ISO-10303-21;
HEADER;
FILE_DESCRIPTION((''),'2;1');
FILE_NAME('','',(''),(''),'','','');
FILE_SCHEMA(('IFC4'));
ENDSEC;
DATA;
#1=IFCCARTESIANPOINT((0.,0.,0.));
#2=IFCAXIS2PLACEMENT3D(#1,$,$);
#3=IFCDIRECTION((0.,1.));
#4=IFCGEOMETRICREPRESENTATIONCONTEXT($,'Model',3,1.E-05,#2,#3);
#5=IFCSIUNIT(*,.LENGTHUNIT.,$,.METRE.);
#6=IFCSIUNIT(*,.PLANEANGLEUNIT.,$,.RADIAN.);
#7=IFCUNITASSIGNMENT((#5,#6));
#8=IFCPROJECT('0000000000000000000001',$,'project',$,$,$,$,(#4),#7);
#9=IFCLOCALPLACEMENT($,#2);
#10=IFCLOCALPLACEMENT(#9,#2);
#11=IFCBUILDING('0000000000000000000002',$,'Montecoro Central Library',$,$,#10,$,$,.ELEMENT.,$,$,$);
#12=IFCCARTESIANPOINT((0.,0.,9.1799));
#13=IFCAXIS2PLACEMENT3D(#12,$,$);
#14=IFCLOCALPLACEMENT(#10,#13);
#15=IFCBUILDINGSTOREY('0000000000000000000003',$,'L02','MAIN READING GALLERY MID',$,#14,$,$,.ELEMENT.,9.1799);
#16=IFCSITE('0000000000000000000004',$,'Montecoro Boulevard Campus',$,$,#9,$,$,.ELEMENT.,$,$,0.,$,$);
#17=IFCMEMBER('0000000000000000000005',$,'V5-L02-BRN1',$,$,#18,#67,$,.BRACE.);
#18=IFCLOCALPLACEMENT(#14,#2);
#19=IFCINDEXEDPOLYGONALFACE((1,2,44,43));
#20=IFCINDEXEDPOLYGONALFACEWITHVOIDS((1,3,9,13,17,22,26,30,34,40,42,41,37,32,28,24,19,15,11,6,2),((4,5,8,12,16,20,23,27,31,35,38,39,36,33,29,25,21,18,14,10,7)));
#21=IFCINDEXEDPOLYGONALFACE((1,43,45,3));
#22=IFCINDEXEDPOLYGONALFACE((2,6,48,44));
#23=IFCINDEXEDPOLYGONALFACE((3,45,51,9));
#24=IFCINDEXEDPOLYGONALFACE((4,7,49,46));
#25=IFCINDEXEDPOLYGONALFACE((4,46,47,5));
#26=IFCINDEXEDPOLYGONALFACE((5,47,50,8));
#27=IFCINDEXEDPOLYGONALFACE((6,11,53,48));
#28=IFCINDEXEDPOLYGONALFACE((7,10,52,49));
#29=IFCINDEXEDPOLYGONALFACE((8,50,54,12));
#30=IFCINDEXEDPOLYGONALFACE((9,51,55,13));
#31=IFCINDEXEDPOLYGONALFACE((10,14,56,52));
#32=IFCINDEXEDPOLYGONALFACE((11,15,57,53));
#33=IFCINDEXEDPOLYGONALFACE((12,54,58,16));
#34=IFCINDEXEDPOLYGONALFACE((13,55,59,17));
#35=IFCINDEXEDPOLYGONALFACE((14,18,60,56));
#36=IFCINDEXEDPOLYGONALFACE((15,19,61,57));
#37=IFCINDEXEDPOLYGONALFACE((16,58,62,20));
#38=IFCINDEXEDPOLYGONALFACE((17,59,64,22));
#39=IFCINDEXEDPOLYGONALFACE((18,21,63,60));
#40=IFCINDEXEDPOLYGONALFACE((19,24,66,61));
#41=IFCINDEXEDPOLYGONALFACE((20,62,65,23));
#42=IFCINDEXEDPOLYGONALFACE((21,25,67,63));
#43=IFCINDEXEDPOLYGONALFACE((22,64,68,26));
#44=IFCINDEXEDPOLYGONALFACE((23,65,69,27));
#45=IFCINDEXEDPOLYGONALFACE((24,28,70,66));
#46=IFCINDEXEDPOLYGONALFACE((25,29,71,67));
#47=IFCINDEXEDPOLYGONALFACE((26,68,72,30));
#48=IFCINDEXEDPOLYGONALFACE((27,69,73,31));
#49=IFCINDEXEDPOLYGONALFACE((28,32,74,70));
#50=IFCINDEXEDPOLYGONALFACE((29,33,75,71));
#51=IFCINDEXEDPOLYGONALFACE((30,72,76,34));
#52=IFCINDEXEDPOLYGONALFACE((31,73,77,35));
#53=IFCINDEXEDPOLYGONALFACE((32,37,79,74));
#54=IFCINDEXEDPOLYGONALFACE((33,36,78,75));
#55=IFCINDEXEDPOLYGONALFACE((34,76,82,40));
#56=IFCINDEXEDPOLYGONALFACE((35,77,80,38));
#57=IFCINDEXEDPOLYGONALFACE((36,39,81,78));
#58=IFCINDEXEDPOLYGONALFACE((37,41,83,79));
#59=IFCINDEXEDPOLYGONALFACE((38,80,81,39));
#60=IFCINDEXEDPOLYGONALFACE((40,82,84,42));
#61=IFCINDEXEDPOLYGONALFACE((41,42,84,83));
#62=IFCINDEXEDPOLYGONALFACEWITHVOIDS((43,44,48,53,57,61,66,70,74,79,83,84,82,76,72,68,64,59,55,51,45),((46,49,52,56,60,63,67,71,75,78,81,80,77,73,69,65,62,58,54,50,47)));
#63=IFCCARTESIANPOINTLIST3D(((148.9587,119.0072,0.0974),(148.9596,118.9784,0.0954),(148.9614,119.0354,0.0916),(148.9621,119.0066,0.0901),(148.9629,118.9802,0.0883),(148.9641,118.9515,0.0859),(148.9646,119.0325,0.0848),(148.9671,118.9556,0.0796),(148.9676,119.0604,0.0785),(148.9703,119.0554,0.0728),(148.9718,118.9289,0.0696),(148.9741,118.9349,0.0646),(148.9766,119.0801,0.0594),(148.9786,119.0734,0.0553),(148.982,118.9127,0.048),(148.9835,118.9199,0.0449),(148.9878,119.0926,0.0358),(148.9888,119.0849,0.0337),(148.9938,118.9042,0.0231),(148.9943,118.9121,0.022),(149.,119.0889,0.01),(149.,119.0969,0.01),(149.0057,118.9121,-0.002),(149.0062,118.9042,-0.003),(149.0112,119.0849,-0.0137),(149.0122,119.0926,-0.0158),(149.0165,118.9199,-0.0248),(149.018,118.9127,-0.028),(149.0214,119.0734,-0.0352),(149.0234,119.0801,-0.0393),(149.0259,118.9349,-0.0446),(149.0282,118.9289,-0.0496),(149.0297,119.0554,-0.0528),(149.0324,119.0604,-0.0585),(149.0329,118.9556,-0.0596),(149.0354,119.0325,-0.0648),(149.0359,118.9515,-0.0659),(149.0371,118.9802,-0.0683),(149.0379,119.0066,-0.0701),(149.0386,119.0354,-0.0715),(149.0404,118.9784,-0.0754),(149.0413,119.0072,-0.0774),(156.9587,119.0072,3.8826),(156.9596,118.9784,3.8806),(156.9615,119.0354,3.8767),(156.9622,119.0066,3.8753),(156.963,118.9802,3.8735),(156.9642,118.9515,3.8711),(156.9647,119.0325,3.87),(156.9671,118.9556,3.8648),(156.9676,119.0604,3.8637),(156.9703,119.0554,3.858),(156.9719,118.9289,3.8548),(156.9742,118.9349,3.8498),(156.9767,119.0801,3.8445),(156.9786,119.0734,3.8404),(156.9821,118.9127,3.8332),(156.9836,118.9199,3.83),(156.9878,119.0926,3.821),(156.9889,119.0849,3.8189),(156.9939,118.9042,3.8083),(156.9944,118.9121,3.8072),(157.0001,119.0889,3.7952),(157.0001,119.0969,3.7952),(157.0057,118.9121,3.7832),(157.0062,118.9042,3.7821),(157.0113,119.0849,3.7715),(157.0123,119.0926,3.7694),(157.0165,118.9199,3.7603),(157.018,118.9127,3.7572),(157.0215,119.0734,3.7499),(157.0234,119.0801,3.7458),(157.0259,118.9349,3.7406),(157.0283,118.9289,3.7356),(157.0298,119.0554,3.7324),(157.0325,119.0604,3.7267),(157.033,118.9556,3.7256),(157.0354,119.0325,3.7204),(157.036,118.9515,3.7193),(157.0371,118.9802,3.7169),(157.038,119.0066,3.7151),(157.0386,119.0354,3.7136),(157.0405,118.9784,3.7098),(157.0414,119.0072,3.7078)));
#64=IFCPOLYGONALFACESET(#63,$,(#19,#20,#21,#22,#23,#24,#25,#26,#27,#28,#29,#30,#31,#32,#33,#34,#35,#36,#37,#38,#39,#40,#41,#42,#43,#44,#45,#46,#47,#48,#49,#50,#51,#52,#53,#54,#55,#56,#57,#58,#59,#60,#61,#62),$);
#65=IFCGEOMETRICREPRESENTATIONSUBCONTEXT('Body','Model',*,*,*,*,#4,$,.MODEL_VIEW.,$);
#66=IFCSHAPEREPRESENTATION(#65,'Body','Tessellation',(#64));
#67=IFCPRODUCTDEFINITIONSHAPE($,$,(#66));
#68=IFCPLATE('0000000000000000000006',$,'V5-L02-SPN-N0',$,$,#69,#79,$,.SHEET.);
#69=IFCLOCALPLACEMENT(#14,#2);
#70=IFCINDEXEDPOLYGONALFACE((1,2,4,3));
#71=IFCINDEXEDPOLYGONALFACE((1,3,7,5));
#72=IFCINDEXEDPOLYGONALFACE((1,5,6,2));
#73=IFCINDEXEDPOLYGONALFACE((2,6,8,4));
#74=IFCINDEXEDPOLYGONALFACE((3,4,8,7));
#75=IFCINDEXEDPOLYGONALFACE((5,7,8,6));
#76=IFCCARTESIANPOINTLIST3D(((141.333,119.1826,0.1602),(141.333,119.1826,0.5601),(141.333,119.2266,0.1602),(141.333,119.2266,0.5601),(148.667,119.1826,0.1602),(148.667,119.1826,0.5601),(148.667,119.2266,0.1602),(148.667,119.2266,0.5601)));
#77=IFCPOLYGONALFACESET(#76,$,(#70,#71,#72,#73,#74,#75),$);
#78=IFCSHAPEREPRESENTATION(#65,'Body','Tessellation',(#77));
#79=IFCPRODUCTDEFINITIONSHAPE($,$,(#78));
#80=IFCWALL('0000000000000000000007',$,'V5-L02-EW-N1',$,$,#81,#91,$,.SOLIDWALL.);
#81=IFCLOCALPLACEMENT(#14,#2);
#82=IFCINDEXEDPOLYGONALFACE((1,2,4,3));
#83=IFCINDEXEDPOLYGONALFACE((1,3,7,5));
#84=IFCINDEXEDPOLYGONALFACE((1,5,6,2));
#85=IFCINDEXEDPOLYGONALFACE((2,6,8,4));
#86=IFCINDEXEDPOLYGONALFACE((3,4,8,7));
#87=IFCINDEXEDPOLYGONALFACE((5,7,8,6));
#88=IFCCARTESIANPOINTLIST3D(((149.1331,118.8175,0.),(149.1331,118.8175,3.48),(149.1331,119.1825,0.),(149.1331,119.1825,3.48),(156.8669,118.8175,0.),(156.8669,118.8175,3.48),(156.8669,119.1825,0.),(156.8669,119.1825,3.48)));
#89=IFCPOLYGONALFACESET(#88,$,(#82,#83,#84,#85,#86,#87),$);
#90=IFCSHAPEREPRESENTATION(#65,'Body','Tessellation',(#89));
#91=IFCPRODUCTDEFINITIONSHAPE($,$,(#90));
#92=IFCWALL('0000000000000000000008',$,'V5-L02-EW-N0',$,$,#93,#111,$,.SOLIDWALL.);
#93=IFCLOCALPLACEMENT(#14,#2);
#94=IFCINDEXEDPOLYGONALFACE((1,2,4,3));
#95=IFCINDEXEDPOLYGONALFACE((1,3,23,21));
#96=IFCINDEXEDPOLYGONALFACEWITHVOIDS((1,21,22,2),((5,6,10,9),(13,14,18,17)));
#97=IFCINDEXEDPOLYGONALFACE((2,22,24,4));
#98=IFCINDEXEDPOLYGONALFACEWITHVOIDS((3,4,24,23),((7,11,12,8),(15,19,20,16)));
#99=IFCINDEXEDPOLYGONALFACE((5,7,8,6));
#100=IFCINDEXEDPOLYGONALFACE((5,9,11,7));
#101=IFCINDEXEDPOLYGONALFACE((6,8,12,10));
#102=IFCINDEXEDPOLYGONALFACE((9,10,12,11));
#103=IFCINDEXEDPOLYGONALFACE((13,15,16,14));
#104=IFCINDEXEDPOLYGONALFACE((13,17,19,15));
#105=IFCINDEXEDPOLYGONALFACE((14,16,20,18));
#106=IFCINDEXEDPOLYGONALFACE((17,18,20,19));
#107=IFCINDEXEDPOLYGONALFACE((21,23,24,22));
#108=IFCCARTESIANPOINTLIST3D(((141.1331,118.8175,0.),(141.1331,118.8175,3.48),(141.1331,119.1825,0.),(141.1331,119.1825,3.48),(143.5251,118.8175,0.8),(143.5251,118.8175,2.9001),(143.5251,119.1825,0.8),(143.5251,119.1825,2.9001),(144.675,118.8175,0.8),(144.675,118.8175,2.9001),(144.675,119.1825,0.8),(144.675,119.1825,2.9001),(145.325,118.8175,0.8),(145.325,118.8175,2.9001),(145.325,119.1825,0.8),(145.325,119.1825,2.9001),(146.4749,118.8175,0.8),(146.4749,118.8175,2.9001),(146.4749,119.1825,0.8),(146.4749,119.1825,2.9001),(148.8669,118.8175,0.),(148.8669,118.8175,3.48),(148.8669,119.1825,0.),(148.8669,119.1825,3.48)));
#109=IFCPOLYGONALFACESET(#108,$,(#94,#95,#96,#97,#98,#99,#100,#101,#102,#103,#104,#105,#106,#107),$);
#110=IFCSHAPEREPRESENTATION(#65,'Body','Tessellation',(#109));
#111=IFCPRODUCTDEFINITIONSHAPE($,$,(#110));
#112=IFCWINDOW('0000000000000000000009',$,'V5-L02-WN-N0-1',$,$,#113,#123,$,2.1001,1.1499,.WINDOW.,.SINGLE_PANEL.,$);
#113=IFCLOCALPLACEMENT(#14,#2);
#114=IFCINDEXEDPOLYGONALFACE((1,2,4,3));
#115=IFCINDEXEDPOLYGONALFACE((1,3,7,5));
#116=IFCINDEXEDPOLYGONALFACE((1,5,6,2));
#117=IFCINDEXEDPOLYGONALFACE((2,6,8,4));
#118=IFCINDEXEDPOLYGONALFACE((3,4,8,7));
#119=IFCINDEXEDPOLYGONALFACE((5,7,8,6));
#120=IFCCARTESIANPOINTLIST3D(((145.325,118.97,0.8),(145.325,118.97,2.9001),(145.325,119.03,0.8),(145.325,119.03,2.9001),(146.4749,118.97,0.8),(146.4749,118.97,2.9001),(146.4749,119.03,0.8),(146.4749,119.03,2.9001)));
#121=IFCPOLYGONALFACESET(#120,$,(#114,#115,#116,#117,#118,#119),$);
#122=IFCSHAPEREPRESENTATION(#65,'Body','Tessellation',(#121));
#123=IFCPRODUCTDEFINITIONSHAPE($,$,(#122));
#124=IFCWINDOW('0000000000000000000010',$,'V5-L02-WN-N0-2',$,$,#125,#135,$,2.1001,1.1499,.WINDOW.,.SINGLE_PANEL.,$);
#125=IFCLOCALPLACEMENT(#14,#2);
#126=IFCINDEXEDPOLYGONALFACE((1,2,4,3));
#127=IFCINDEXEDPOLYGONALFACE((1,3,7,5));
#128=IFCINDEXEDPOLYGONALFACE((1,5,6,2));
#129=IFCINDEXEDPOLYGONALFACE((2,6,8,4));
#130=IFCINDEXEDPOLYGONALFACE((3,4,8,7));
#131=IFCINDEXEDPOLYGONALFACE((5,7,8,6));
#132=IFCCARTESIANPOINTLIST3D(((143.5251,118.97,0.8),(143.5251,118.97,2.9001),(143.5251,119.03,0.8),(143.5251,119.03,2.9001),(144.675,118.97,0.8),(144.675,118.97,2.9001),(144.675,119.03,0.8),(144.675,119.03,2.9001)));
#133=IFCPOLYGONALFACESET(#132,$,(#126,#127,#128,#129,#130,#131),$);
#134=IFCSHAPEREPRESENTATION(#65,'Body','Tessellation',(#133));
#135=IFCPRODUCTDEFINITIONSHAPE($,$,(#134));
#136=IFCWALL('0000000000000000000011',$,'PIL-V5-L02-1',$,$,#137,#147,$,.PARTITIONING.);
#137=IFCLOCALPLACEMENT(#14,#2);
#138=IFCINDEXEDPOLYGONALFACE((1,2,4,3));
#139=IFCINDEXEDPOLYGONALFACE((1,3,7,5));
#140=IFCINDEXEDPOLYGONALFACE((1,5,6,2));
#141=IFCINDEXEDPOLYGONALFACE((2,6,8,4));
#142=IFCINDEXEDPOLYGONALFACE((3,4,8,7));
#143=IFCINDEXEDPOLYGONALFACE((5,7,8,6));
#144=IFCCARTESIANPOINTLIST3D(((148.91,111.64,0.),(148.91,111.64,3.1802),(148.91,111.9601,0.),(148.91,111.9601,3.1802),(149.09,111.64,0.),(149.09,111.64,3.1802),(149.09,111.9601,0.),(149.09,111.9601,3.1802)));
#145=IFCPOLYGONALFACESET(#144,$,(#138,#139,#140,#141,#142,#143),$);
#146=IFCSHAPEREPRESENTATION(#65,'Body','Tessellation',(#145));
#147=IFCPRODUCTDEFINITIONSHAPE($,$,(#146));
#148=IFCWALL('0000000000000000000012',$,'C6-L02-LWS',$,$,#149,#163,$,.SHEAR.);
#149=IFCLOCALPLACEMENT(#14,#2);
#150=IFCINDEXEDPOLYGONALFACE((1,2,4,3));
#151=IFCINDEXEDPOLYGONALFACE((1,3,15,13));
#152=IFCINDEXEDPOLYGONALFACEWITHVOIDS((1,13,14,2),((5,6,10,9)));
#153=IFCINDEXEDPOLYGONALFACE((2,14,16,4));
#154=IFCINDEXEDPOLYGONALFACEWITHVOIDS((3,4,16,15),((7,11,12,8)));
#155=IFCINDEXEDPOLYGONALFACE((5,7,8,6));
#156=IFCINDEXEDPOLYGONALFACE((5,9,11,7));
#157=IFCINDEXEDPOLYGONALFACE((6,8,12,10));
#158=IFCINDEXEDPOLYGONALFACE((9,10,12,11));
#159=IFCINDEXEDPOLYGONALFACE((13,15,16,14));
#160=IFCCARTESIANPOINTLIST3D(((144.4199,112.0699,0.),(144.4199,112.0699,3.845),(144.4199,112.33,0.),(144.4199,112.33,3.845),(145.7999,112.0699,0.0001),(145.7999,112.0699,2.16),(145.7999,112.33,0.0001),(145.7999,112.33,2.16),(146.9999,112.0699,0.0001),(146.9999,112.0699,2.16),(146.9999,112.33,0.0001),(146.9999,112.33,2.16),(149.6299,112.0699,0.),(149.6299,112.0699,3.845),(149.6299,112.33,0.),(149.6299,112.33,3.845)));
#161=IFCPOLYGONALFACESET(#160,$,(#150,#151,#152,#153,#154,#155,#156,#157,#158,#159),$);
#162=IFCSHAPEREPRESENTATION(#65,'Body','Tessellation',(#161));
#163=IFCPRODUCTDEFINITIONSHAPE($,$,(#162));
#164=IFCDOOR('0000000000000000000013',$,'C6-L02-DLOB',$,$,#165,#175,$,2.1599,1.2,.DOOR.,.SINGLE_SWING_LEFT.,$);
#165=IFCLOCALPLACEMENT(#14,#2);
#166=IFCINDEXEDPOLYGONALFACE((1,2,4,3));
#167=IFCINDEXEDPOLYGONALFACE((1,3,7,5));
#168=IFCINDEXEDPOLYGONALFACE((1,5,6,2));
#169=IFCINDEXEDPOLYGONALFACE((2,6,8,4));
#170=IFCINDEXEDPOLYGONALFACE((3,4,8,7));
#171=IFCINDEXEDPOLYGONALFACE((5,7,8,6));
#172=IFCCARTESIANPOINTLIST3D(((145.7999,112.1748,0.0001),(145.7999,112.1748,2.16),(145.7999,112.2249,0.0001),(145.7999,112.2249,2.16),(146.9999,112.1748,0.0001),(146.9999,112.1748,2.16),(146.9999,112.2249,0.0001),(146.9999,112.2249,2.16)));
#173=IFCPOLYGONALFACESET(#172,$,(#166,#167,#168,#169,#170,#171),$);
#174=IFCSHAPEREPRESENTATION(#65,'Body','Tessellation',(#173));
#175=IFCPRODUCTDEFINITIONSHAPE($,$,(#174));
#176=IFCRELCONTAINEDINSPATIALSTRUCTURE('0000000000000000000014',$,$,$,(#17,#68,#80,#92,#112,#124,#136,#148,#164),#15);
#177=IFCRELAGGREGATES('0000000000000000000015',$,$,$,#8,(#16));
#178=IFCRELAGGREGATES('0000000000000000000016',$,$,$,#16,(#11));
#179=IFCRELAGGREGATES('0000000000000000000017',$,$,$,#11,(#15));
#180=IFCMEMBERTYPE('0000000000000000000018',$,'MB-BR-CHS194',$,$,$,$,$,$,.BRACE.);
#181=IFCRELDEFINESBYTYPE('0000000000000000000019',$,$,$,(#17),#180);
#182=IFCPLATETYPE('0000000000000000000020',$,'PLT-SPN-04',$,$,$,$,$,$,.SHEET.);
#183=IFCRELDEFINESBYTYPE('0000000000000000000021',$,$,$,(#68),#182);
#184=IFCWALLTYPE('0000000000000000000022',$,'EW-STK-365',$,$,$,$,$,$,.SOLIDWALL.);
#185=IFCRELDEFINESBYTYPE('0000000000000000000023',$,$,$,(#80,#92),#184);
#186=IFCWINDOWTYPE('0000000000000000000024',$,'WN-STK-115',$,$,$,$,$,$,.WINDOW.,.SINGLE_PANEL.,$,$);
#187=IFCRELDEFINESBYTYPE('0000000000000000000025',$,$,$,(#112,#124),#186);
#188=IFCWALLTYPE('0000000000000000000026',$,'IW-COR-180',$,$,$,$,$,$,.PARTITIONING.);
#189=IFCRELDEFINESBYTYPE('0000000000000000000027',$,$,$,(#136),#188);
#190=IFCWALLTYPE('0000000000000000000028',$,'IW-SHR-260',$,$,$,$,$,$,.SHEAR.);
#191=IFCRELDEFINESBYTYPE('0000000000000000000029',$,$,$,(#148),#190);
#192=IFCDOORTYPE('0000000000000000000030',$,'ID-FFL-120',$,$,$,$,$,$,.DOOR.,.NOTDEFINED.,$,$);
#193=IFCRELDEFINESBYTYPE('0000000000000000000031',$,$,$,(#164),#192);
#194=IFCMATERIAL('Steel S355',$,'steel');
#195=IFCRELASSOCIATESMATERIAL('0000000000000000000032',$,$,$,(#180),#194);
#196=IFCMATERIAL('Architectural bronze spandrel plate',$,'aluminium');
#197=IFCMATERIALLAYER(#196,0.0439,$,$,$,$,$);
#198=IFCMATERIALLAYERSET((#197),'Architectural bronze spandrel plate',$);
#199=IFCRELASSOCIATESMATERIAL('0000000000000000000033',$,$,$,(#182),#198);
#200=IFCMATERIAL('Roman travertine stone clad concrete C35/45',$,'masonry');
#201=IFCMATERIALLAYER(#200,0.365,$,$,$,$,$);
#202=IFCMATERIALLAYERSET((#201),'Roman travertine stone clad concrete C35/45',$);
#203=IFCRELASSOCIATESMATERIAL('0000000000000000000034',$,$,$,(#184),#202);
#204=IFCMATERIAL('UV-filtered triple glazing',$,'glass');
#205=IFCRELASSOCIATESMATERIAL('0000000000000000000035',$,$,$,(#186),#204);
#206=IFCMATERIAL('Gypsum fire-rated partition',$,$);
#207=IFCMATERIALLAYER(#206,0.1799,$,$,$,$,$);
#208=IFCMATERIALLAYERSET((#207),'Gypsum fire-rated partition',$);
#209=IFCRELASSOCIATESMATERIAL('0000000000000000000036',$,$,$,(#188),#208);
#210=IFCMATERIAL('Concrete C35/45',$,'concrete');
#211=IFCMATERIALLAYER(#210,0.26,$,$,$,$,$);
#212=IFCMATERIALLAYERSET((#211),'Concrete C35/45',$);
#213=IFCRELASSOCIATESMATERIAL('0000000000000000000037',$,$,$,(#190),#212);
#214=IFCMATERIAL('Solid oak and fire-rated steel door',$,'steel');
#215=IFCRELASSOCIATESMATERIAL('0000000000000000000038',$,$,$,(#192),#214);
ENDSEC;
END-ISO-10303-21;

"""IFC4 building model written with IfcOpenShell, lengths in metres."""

from ifc_helpers import new_model, si_unit, direction, frame, frame_2d, origin, origin_2d, place, context, subcontext, project, spatial, rectangle, hollow_circle, extrude, material, layer, layer_set, material_profile, profile_set, type_object, element, fill, save


model = new_model("IFC4")

# Units and contexts
model_context = context("Model", 3, precision=1e-05, world=origin(), true_north=direction((0.0, 1.0)))
body_context = subcontext(model_context, "Body", "Model", "MODEL_VIEW")
ifc_project = project(units=[si_unit("LENGTHUNIT", "METRE"), si_unit("PLANEANGLEUNIT", "RADIAN")], contexts=[model_context])

# Site, building, storey
site_placement = place(None, origin())
site = spatial("IfcSite", under=ifc_project, at=site_placement, Name="Montecoro Boulevard Campus", CompositionType="ELEMENT", RefElevation=0.0)
building_placement = place(site_placement, origin())
building = spatial("IfcBuilding", under=site, at=building_placement, Name="Montecoro Central Library", CompositionType="ELEMENT")
storey_placement = place(building_placement, frame((0.0, 0.0, 9.1799)))
storey = spatial("IfcBuildingStorey", under=building, at=storey_placement, Name="L02", Description="MAIN READING GALLERY MID", CompositionType="ELEMENT", Elevation=9.1799)

# Shared definitions
ifc_material_1 = material(Name="Steel S355", Category="steel")

# Shared definitions
ifc_material_2 = material(Name="Concrete C35/45", Category="concrete")

# Member
ifc_material_profile_1 = material_profile(ifc_material_1, hollow_circle(Radius=0.0969, WallThickness=0.0081, at=origin_2d()), Name="CHS 193.7x8.0")
ifc_profile_set_1 = profile_set([ifc_material_profile_1], Name="Steel S355")
member_type = type_object("IfcMemberType", Name="MB-BR-CHS194", PredefinedType="BRACE", material=ifc_profile_set_1)
member_placement = place(storey_placement, frame((149.0, 119.0, 0.01), z_axis=(0.903926, 0.0, 0.427688), x_axis=(0.0, 1.0, 0.0)))
element("IfcMember", 1, at=member_placement, inside=storey, type_object=member_type, Name="V5-L02-BRN1", PredefinedType="BRACE", context=body_context, shape_type="SweptSolid", body=[
    extrude(hollow_circle(Radius=0.0969, WallThickness=0.0081, at=origin_2d()), origin(), (0.0, 0.0, 1.0), 8.8503),
])

# Plate
ifc_material_3 = material(Name="Architectural bronze spandrel plate", Category="aluminium")
ifc_layer_1 = layer(ifc_material_3, 0.0439)
ifc_layer_set_1 = layer_set([ifc_layer_1], Name="Architectural bronze spandrel plate")
plate_type = type_object("IfcPlateType", Name="PLT-SPN-04", PredefinedType="SHEET", material=ifc_layer_set_1)
plate_placement = place(storey_placement, frame((145.0, 119.2046, 0.1602), z_axis=(0.0, 0.0, 1.0), x_axis=(-1.0, 0.0, 0.0)))
element("IfcPlate", 2, at=plate_placement, inside=storey, type_object=plate_type, Name="V5-L02-SPN-N0", PredefinedType="SHEET", context=body_context, shape_type="SweptSolid", body=[
    extrude(rectangle(XDim=7.334, YDim=0.0439, at=origin_2d()), origin(), (0.0, 0.0, 1.0), 0.3999),
])

# Wall
ifc_material_4 = material(Name="Roman travertine stone clad concrete C35/45", Category="masonry")
ifc_layer_2 = layer(ifc_material_4, 0.365)
ifc_layer_set_2 = layer_set([ifc_layer_2], Name="Roman travertine stone clad concrete C35/45")
wall_type_1 = type_object("IfcWallType", Name="EW-STK-365", PredefinedType="SOLIDWALL", material=ifc_layer_set_2)
wall_1_placement = place(storey_placement, frame((156.8669, 119.0, 0.0), z_axis=(0.0, 0.0, 1.0), x_axis=(-1.0, 0.0, 0.0)))
element("IfcWall", 3, at=wall_1_placement, inside=storey, type_object=wall_type_1, Name="V5-L02-EW-N1", PredefinedType="SOLIDWALL", context=body_context, shape_type="SweptSolid", body=[
    extrude(rectangle(XDim=7.7339, YDim=0.365, at=frame_2d((3.8669, 0.0))), origin(), (0.0, 0.0, 1.0), 3.48),
])

# Wall, openings, windows
wall_2_placement = place(storey_placement, frame((148.8669, 119.0, 0.0), z_axis=(0.0, 0.0, 1.0), x_axis=(-1.0, 0.0, 0.0)))
wall_2 = element("IfcWall", 4, at=wall_2_placement, inside=storey, type_object=wall_type_1, Name="V5-L02-EW-N0", PredefinedType="SOLIDWALL", context=body_context, shape_type="SweptSolid", body=[
    extrude(rectangle(XDim=7.7339, YDim=0.365, at=frame_2d((3.8669, 0.0))), origin(), (0.0, 0.0, 1.0), 3.48),
])
opening_1_placement = place(wall_2_placement, frame((2.3921, 0.0, 0.8)))
opening_1 = element("IfcOpeningElement", 5, at=opening_1_placement, cuts=wall_2, PredefinedType="OPENING", context=body_context, shape_type="SweptSolid", body=[
    extrude(rectangle(XDim=1.1499, YDim=2.1001, at=frame_2d((0.575, 1.05))), frame((0.0, 0.1924, 0.0), z_axis=(0.0, -1.0, 0.0), x_axis=(1.0, 0.0, 0.0)), (0.0, 0.0, 1.0), 0.385),
])
opening_2_placement = place(wall_2_placement, frame((4.1919, 0.0, 0.8)))
opening_2 = element("IfcOpeningElement", 6, at=opening_2_placement, cuts=wall_2, PredefinedType="OPENING", context=body_context, shape_type="SweptSolid", body=[
    extrude(rectangle(XDim=1.1499, YDim=2.1001, at=frame_2d((0.575, 1.05))), frame((0.0, 0.1924, 0.0), z_axis=(0.0, -1.0, 0.0), x_axis=(1.0, 0.0, 0.0)), (0.0, 0.0, 1.0), 0.385),
])
ifc_material_5 = material(Name="UV-filtered triple glazing", Category="glass")
window_type = type_object("IfcWindowType", Name="WN-STK-115", PartitioningType="SINGLE_PANEL", PredefinedType="WINDOW", material=ifc_material_5)
window_1_placement = place(opening_1_placement, origin())
window_1 = element("IfcWindow", 7, at=window_1_placement, inside=storey, type_object=window_type, Name="V5-L02-WN-N0-1", OverallHeight=2.1001, OverallWidth=1.1499, PartitioningType="SINGLE_PANEL", PredefinedType="WINDOW", context=body_context, shape_type="SweptSolid", body=[
    extrude(rectangle(XDim=1.1499, YDim=2.1001, at=frame_2d((0.575, 1.05))), frame((0.0, 0.03, 0.0), z_axis=(0.0, -1.0, 0.0), x_axis=(1.0, 0.0, 0.0)), (0.0, 0.0, 1.0), 0.0601),
])
fill(opening_1, window_1)
window_2_placement = place(opening_2_placement, origin())
window_2 = element("IfcWindow", 8, at=window_2_placement, inside=storey, type_object=window_type, Name="V5-L02-WN-N0-2", OverallHeight=2.1001, OverallWidth=1.1499, PartitioningType="SINGLE_PANEL", PredefinedType="WINDOW", context=body_context, shape_type="SweptSolid", body=[
    extrude(rectangle(XDim=1.1499, YDim=2.1001, at=frame_2d((0.575, 1.05))), frame((0.0, 0.03, 0.0), z_axis=(0.0, -1.0, 0.0), x_axis=(1.0, 0.0, 0.0)), (0.0, 0.0, 1.0), 0.0601),
])
fill(opening_2, window_2)

# Wall
ifc_material_6 = material(Name="Gypsum fire-rated partition")
ifc_layer_3 = layer(ifc_material_6, 0.1799)
ifc_layer_set_3 = layer_set([ifc_layer_3], Name="Gypsum fire-rated partition")
wall_type_2 = type_object("IfcWallType", Name="IW-COR-180", PredefinedType="PARTITIONING", material=ifc_layer_set_3)
wall_3_placement = place(storey_placement, frame((149.0, 111.6399, 0.0), z_axis=(0.0, 0.0, 1.0), x_axis=(0.0, 1.0, 0.0)))
element("IfcWall", 9, at=wall_3_placement, inside=storey, type_object=wall_type_2, Name="PIL-V5-L02-1", PredefinedType="PARTITIONING", context=body_context, shape_type="SweptSolid", body=[
    extrude(rectangle(XDim=0.3201, YDim=0.1799, at=frame_2d((0.1602, 0.0))), origin(), (0.0, 0.0, 1.0), 3.1802),
])

# Shared definitions
ifc_material_7 = material(Name="Solid oak and fire-rated steel door", Category="steel")

# Wall, opening, door
ifc_layer_4 = layer(ifc_material_2, 0.26)
ifc_layer_set_4 = layer_set([ifc_layer_4], Name="Concrete C35/45")
wall_type_3 = type_object("IfcWallType", Name="IW-SHR-260", PredefinedType="SHEAR", material=ifc_layer_set_4)
wall_4_placement = place(storey_placement, frame((144.4199, 112.2, 0.0), z_axis=(0.0, 0.0, 1.0), x_axis=(1.0, 0.0, 0.0)))
wall_4 = element("IfcWall", 10, at=wall_4_placement, inside=storey, type_object=wall_type_3, Name="C6-L02-LWS", PredefinedType="SHEAR", context=body_context, shape_type="SweptSolid", body=[
    extrude(rectangle(XDim=5.21, YDim=0.26, at=frame_2d((2.605, 0.0))), origin(), (0.0, 0.0, 1.0), 3.845),
])
opening_3_placement = place(wall_4_placement, frame((1.3799, 0.0, 0.0)))
opening_3 = element("IfcOpeningElement", 11, at=opening_3_placement, cuts=wall_4, PredefinedType="OPENING", context=body_context, shape_type="SweptSolid", body=[
    extrude(rectangle(XDim=1.2, YDim=2.1599, at=frame_2d((0.6001, 1.0801))), frame((0.0, 0.1399, 0.0), z_axis=(0.0, -1.0, 0.0), x_axis=(1.0, 0.0, 0.0)), (0.0, 0.0, 1.0), 0.28),
])
door_type_1 = type_object("IfcDoorType", Name="ID-FFL-120", OperationType="NOTDEFINED", PredefinedType="DOOR", material=ifc_material_7)
door_1_placement = place(opening_3_placement, origin())
door_1 = element("IfcDoor", 12, at=door_1_placement, inside=storey, type_object=door_type_1, Name="C6-L02-DLOB", OperationType="SINGLE_SWING_LEFT", OverallHeight=2.1599, OverallWidth=1.2, PredefinedType="DOOR", context=body_context, shape_type="SweptSolid", body=[
    extrude(rectangle(XDim=1.2, YDim=2.1599, at=frame_2d((0.6001, 1.0801))), frame((0.0, 0.0249, 0.0), z_axis=(0.0, -1.0, 0.0), x_axis=(1.0, 0.0, 0.0)), (0.0, 0.0, 1.0), 0.05),
])
fill(opening_3, door_1)

save(model, "model.ifc")
